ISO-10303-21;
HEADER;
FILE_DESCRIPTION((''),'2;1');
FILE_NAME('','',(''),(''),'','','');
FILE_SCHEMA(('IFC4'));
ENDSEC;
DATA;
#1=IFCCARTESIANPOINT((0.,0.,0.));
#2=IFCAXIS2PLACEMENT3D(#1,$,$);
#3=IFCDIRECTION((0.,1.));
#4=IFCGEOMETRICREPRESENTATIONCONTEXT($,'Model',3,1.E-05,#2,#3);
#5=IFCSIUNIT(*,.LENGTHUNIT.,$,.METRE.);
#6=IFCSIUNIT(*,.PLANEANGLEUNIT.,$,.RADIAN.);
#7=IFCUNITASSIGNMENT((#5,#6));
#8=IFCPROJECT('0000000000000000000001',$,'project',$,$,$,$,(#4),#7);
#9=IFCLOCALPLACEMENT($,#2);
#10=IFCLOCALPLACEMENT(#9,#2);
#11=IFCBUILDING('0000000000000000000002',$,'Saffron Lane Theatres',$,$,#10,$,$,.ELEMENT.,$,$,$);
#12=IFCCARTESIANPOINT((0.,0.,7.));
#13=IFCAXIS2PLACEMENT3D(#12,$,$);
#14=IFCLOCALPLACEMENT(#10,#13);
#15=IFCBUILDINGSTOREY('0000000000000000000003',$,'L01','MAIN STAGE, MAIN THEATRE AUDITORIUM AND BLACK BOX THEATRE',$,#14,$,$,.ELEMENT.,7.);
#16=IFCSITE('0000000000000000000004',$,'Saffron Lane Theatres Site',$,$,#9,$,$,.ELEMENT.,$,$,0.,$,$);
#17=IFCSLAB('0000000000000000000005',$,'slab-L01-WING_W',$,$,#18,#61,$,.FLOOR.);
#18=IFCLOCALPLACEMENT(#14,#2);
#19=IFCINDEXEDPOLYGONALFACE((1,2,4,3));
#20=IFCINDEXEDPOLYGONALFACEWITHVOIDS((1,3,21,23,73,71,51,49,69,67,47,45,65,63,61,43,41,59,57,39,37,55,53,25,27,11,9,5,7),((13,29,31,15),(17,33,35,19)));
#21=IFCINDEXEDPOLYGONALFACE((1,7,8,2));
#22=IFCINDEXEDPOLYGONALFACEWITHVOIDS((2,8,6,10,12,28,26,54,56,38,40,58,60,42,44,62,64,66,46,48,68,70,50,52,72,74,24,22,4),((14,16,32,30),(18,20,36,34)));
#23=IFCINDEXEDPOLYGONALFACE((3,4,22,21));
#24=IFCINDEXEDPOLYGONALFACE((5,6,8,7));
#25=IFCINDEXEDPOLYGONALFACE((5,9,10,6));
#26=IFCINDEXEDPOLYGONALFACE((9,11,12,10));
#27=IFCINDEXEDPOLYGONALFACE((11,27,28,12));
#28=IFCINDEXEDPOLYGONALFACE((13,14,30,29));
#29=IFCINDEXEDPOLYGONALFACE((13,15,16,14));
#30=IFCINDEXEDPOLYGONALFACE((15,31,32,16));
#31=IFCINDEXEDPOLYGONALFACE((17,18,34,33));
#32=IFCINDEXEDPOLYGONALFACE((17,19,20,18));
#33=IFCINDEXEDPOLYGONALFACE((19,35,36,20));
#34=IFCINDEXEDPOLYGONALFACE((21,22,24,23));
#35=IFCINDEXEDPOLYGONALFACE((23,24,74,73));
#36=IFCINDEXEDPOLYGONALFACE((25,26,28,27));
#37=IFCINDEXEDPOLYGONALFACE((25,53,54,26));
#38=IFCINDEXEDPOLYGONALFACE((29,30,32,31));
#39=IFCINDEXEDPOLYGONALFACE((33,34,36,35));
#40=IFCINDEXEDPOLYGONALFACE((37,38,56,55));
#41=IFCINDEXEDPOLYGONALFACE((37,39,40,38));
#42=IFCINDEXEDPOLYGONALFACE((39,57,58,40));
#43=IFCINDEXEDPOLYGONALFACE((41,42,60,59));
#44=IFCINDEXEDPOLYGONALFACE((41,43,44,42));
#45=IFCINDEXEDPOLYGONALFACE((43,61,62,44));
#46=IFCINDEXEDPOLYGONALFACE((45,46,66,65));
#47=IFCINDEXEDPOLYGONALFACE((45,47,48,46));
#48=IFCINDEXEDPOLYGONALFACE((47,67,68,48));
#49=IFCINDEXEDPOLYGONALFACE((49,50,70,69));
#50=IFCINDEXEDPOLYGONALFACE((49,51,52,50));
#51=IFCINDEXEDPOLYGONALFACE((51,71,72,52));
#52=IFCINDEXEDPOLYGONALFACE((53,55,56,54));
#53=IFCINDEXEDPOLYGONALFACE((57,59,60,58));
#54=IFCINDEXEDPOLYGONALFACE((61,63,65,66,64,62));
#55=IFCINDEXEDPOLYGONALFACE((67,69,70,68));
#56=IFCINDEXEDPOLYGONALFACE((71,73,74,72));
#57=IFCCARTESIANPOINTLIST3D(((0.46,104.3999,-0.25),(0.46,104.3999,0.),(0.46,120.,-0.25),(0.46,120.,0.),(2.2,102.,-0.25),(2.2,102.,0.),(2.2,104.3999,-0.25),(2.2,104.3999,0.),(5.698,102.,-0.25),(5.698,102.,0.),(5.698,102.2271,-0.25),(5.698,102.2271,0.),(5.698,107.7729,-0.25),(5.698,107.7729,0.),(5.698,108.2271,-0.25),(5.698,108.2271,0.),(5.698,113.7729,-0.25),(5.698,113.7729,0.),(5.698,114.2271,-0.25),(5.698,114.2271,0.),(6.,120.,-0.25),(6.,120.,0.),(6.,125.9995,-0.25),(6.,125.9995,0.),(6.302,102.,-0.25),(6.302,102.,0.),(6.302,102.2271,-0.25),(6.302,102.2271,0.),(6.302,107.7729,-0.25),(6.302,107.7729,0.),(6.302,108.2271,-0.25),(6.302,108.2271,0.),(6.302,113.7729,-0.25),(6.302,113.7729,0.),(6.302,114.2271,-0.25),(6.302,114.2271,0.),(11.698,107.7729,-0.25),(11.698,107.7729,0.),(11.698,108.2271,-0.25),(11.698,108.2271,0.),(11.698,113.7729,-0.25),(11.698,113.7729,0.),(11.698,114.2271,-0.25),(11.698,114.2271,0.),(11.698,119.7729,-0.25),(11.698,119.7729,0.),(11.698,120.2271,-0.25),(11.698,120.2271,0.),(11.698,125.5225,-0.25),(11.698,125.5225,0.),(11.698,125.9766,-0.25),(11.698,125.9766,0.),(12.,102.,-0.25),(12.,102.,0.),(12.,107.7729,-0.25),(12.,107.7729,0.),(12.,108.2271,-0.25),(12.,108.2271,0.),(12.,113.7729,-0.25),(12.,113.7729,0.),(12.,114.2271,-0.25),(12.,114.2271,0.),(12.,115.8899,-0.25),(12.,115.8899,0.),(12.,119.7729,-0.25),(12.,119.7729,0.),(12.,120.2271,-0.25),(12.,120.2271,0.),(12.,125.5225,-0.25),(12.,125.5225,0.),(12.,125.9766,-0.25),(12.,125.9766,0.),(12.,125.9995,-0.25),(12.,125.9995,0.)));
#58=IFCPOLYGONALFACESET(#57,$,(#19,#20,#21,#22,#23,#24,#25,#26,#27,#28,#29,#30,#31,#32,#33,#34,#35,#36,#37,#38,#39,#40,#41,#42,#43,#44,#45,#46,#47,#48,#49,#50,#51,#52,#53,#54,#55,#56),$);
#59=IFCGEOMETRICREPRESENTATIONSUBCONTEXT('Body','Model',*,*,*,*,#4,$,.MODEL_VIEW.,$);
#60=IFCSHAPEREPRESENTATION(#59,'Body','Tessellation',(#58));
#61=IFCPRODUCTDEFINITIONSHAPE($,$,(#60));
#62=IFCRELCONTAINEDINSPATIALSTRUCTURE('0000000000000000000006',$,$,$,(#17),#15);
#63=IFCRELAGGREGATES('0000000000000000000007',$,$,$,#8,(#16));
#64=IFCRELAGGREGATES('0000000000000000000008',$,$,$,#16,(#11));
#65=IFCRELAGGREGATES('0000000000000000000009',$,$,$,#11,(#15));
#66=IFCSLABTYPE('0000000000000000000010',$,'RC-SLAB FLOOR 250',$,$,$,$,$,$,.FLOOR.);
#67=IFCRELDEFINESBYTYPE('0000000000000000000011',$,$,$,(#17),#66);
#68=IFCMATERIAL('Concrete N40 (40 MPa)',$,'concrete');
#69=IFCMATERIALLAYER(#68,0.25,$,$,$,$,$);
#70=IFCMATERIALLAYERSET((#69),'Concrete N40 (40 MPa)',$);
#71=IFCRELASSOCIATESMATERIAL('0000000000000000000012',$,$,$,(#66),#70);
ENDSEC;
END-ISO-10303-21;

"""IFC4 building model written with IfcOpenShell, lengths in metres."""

from ifc_helpers import new_model, si_unit, direction, frame, origin, place, context, subcontext, project, spatial, polyline, outline, extrude, material, layer, layer_set, type_object, element, save


model = new_model("IFC4")

# Units and contexts
model_context = context("Model", 3, precision=1e-05, world=origin(), true_north=direction((0.0, 1.0)))
body_context = subcontext(model_context, "Body", "Model", "MODEL_VIEW")
ifc_project = project(units=[si_unit("LENGTHUNIT", "METRE"), si_unit("PLANEANGLEUNIT", "RADIAN")], contexts=[model_context])

# Site, building, storey
site_placement = place(None, origin())
site = spatial("IfcSite", under=ifc_project, at=site_placement, Name="Saffron Lane Theatres Site", CompositionType="ELEMENT", RefElevation=0.0)
building_placement = place(site_placement, origin())
building = spatial("IfcBuilding", under=site, at=building_placement, Name="Saffron Lane Theatres", CompositionType="ELEMENT")
storey_placement = place(building_placement, frame((0.0, 0.0, 7.0)))
storey = spatial("IfcBuildingStorey", under=building, at=storey_placement, Name="L01", Description="MAIN STAGE, MAIN THEATRE AUDITORIUM AND BLACK BOX THEATRE", CompositionType="ELEMENT", Elevation=7.0)

# Slab
ifc_material_1 = material(Name="Concrete N40 (40 MPa)", Category="concrete")
ifc_layer_1 = layer(ifc_material_1, 0.25)
ifc_layer_set_1 = layer_set([ifc_layer_1], Name="Concrete N40 (40 MPa)")
slab_type_1 = type_object("IfcSlabType", Name="RC-SLAB FLOOR 250", PredefinedType="FLOOR", material=ifc_layer_set_1)
slab_1_placement = place(storey_placement, frame((0.0, 0.0, -0.25)))
element("IfcSlab", 1, at=slab_1_placement, inside=storey, type_object=slab_type_1, Name="slab-L01-WING_W", PredefinedType="FLOOR", context=body_context, shape_type="SweptSolid", body=[
    extrude(outline(polyline([(6.302, 102.0), (12.0, 102.0), (12.0, 107.7729), (11.698, 107.7729), (11.698, 108.2271), (12.0, 108.2271), (12.0, 113.7729), (11.698, 113.7729), (11.698, 114.2271), (12.0, 114.2271), (12.0, 115.8899), (12.0, 119.7729), (11.698, 119.7729), (11.698, 120.2271), (12.0, 120.2271), (12.0, 125.5225), (11.698, 125.5225), (11.698, 125.9766), (12.0, 125.9766), (12.0, 125.9995), (6.0, 125.9995), (6.0, 120.0), (0.46, 120.0), (0.46, 104.3999), (2.2, 104.3999), (2.2, 102.0), (5.698, 102.0), (5.698, 102.2271), (6.302, 102.2271), (6.302, 102.0)]), holes=[polyline([(5.698, 107.7729), (5.698, 108.2271), (6.302, 108.2271), (6.302, 107.7729), (5.698, 107.7729)]), polyline([(6.302, 113.7729), (5.698, 113.7729), (5.698, 114.2271), (6.302, 114.2271), (6.302, 113.7729)])]), origin(), (0.0, 0.0, 1.0), 0.25),
])

save(model, "model.ifc")
